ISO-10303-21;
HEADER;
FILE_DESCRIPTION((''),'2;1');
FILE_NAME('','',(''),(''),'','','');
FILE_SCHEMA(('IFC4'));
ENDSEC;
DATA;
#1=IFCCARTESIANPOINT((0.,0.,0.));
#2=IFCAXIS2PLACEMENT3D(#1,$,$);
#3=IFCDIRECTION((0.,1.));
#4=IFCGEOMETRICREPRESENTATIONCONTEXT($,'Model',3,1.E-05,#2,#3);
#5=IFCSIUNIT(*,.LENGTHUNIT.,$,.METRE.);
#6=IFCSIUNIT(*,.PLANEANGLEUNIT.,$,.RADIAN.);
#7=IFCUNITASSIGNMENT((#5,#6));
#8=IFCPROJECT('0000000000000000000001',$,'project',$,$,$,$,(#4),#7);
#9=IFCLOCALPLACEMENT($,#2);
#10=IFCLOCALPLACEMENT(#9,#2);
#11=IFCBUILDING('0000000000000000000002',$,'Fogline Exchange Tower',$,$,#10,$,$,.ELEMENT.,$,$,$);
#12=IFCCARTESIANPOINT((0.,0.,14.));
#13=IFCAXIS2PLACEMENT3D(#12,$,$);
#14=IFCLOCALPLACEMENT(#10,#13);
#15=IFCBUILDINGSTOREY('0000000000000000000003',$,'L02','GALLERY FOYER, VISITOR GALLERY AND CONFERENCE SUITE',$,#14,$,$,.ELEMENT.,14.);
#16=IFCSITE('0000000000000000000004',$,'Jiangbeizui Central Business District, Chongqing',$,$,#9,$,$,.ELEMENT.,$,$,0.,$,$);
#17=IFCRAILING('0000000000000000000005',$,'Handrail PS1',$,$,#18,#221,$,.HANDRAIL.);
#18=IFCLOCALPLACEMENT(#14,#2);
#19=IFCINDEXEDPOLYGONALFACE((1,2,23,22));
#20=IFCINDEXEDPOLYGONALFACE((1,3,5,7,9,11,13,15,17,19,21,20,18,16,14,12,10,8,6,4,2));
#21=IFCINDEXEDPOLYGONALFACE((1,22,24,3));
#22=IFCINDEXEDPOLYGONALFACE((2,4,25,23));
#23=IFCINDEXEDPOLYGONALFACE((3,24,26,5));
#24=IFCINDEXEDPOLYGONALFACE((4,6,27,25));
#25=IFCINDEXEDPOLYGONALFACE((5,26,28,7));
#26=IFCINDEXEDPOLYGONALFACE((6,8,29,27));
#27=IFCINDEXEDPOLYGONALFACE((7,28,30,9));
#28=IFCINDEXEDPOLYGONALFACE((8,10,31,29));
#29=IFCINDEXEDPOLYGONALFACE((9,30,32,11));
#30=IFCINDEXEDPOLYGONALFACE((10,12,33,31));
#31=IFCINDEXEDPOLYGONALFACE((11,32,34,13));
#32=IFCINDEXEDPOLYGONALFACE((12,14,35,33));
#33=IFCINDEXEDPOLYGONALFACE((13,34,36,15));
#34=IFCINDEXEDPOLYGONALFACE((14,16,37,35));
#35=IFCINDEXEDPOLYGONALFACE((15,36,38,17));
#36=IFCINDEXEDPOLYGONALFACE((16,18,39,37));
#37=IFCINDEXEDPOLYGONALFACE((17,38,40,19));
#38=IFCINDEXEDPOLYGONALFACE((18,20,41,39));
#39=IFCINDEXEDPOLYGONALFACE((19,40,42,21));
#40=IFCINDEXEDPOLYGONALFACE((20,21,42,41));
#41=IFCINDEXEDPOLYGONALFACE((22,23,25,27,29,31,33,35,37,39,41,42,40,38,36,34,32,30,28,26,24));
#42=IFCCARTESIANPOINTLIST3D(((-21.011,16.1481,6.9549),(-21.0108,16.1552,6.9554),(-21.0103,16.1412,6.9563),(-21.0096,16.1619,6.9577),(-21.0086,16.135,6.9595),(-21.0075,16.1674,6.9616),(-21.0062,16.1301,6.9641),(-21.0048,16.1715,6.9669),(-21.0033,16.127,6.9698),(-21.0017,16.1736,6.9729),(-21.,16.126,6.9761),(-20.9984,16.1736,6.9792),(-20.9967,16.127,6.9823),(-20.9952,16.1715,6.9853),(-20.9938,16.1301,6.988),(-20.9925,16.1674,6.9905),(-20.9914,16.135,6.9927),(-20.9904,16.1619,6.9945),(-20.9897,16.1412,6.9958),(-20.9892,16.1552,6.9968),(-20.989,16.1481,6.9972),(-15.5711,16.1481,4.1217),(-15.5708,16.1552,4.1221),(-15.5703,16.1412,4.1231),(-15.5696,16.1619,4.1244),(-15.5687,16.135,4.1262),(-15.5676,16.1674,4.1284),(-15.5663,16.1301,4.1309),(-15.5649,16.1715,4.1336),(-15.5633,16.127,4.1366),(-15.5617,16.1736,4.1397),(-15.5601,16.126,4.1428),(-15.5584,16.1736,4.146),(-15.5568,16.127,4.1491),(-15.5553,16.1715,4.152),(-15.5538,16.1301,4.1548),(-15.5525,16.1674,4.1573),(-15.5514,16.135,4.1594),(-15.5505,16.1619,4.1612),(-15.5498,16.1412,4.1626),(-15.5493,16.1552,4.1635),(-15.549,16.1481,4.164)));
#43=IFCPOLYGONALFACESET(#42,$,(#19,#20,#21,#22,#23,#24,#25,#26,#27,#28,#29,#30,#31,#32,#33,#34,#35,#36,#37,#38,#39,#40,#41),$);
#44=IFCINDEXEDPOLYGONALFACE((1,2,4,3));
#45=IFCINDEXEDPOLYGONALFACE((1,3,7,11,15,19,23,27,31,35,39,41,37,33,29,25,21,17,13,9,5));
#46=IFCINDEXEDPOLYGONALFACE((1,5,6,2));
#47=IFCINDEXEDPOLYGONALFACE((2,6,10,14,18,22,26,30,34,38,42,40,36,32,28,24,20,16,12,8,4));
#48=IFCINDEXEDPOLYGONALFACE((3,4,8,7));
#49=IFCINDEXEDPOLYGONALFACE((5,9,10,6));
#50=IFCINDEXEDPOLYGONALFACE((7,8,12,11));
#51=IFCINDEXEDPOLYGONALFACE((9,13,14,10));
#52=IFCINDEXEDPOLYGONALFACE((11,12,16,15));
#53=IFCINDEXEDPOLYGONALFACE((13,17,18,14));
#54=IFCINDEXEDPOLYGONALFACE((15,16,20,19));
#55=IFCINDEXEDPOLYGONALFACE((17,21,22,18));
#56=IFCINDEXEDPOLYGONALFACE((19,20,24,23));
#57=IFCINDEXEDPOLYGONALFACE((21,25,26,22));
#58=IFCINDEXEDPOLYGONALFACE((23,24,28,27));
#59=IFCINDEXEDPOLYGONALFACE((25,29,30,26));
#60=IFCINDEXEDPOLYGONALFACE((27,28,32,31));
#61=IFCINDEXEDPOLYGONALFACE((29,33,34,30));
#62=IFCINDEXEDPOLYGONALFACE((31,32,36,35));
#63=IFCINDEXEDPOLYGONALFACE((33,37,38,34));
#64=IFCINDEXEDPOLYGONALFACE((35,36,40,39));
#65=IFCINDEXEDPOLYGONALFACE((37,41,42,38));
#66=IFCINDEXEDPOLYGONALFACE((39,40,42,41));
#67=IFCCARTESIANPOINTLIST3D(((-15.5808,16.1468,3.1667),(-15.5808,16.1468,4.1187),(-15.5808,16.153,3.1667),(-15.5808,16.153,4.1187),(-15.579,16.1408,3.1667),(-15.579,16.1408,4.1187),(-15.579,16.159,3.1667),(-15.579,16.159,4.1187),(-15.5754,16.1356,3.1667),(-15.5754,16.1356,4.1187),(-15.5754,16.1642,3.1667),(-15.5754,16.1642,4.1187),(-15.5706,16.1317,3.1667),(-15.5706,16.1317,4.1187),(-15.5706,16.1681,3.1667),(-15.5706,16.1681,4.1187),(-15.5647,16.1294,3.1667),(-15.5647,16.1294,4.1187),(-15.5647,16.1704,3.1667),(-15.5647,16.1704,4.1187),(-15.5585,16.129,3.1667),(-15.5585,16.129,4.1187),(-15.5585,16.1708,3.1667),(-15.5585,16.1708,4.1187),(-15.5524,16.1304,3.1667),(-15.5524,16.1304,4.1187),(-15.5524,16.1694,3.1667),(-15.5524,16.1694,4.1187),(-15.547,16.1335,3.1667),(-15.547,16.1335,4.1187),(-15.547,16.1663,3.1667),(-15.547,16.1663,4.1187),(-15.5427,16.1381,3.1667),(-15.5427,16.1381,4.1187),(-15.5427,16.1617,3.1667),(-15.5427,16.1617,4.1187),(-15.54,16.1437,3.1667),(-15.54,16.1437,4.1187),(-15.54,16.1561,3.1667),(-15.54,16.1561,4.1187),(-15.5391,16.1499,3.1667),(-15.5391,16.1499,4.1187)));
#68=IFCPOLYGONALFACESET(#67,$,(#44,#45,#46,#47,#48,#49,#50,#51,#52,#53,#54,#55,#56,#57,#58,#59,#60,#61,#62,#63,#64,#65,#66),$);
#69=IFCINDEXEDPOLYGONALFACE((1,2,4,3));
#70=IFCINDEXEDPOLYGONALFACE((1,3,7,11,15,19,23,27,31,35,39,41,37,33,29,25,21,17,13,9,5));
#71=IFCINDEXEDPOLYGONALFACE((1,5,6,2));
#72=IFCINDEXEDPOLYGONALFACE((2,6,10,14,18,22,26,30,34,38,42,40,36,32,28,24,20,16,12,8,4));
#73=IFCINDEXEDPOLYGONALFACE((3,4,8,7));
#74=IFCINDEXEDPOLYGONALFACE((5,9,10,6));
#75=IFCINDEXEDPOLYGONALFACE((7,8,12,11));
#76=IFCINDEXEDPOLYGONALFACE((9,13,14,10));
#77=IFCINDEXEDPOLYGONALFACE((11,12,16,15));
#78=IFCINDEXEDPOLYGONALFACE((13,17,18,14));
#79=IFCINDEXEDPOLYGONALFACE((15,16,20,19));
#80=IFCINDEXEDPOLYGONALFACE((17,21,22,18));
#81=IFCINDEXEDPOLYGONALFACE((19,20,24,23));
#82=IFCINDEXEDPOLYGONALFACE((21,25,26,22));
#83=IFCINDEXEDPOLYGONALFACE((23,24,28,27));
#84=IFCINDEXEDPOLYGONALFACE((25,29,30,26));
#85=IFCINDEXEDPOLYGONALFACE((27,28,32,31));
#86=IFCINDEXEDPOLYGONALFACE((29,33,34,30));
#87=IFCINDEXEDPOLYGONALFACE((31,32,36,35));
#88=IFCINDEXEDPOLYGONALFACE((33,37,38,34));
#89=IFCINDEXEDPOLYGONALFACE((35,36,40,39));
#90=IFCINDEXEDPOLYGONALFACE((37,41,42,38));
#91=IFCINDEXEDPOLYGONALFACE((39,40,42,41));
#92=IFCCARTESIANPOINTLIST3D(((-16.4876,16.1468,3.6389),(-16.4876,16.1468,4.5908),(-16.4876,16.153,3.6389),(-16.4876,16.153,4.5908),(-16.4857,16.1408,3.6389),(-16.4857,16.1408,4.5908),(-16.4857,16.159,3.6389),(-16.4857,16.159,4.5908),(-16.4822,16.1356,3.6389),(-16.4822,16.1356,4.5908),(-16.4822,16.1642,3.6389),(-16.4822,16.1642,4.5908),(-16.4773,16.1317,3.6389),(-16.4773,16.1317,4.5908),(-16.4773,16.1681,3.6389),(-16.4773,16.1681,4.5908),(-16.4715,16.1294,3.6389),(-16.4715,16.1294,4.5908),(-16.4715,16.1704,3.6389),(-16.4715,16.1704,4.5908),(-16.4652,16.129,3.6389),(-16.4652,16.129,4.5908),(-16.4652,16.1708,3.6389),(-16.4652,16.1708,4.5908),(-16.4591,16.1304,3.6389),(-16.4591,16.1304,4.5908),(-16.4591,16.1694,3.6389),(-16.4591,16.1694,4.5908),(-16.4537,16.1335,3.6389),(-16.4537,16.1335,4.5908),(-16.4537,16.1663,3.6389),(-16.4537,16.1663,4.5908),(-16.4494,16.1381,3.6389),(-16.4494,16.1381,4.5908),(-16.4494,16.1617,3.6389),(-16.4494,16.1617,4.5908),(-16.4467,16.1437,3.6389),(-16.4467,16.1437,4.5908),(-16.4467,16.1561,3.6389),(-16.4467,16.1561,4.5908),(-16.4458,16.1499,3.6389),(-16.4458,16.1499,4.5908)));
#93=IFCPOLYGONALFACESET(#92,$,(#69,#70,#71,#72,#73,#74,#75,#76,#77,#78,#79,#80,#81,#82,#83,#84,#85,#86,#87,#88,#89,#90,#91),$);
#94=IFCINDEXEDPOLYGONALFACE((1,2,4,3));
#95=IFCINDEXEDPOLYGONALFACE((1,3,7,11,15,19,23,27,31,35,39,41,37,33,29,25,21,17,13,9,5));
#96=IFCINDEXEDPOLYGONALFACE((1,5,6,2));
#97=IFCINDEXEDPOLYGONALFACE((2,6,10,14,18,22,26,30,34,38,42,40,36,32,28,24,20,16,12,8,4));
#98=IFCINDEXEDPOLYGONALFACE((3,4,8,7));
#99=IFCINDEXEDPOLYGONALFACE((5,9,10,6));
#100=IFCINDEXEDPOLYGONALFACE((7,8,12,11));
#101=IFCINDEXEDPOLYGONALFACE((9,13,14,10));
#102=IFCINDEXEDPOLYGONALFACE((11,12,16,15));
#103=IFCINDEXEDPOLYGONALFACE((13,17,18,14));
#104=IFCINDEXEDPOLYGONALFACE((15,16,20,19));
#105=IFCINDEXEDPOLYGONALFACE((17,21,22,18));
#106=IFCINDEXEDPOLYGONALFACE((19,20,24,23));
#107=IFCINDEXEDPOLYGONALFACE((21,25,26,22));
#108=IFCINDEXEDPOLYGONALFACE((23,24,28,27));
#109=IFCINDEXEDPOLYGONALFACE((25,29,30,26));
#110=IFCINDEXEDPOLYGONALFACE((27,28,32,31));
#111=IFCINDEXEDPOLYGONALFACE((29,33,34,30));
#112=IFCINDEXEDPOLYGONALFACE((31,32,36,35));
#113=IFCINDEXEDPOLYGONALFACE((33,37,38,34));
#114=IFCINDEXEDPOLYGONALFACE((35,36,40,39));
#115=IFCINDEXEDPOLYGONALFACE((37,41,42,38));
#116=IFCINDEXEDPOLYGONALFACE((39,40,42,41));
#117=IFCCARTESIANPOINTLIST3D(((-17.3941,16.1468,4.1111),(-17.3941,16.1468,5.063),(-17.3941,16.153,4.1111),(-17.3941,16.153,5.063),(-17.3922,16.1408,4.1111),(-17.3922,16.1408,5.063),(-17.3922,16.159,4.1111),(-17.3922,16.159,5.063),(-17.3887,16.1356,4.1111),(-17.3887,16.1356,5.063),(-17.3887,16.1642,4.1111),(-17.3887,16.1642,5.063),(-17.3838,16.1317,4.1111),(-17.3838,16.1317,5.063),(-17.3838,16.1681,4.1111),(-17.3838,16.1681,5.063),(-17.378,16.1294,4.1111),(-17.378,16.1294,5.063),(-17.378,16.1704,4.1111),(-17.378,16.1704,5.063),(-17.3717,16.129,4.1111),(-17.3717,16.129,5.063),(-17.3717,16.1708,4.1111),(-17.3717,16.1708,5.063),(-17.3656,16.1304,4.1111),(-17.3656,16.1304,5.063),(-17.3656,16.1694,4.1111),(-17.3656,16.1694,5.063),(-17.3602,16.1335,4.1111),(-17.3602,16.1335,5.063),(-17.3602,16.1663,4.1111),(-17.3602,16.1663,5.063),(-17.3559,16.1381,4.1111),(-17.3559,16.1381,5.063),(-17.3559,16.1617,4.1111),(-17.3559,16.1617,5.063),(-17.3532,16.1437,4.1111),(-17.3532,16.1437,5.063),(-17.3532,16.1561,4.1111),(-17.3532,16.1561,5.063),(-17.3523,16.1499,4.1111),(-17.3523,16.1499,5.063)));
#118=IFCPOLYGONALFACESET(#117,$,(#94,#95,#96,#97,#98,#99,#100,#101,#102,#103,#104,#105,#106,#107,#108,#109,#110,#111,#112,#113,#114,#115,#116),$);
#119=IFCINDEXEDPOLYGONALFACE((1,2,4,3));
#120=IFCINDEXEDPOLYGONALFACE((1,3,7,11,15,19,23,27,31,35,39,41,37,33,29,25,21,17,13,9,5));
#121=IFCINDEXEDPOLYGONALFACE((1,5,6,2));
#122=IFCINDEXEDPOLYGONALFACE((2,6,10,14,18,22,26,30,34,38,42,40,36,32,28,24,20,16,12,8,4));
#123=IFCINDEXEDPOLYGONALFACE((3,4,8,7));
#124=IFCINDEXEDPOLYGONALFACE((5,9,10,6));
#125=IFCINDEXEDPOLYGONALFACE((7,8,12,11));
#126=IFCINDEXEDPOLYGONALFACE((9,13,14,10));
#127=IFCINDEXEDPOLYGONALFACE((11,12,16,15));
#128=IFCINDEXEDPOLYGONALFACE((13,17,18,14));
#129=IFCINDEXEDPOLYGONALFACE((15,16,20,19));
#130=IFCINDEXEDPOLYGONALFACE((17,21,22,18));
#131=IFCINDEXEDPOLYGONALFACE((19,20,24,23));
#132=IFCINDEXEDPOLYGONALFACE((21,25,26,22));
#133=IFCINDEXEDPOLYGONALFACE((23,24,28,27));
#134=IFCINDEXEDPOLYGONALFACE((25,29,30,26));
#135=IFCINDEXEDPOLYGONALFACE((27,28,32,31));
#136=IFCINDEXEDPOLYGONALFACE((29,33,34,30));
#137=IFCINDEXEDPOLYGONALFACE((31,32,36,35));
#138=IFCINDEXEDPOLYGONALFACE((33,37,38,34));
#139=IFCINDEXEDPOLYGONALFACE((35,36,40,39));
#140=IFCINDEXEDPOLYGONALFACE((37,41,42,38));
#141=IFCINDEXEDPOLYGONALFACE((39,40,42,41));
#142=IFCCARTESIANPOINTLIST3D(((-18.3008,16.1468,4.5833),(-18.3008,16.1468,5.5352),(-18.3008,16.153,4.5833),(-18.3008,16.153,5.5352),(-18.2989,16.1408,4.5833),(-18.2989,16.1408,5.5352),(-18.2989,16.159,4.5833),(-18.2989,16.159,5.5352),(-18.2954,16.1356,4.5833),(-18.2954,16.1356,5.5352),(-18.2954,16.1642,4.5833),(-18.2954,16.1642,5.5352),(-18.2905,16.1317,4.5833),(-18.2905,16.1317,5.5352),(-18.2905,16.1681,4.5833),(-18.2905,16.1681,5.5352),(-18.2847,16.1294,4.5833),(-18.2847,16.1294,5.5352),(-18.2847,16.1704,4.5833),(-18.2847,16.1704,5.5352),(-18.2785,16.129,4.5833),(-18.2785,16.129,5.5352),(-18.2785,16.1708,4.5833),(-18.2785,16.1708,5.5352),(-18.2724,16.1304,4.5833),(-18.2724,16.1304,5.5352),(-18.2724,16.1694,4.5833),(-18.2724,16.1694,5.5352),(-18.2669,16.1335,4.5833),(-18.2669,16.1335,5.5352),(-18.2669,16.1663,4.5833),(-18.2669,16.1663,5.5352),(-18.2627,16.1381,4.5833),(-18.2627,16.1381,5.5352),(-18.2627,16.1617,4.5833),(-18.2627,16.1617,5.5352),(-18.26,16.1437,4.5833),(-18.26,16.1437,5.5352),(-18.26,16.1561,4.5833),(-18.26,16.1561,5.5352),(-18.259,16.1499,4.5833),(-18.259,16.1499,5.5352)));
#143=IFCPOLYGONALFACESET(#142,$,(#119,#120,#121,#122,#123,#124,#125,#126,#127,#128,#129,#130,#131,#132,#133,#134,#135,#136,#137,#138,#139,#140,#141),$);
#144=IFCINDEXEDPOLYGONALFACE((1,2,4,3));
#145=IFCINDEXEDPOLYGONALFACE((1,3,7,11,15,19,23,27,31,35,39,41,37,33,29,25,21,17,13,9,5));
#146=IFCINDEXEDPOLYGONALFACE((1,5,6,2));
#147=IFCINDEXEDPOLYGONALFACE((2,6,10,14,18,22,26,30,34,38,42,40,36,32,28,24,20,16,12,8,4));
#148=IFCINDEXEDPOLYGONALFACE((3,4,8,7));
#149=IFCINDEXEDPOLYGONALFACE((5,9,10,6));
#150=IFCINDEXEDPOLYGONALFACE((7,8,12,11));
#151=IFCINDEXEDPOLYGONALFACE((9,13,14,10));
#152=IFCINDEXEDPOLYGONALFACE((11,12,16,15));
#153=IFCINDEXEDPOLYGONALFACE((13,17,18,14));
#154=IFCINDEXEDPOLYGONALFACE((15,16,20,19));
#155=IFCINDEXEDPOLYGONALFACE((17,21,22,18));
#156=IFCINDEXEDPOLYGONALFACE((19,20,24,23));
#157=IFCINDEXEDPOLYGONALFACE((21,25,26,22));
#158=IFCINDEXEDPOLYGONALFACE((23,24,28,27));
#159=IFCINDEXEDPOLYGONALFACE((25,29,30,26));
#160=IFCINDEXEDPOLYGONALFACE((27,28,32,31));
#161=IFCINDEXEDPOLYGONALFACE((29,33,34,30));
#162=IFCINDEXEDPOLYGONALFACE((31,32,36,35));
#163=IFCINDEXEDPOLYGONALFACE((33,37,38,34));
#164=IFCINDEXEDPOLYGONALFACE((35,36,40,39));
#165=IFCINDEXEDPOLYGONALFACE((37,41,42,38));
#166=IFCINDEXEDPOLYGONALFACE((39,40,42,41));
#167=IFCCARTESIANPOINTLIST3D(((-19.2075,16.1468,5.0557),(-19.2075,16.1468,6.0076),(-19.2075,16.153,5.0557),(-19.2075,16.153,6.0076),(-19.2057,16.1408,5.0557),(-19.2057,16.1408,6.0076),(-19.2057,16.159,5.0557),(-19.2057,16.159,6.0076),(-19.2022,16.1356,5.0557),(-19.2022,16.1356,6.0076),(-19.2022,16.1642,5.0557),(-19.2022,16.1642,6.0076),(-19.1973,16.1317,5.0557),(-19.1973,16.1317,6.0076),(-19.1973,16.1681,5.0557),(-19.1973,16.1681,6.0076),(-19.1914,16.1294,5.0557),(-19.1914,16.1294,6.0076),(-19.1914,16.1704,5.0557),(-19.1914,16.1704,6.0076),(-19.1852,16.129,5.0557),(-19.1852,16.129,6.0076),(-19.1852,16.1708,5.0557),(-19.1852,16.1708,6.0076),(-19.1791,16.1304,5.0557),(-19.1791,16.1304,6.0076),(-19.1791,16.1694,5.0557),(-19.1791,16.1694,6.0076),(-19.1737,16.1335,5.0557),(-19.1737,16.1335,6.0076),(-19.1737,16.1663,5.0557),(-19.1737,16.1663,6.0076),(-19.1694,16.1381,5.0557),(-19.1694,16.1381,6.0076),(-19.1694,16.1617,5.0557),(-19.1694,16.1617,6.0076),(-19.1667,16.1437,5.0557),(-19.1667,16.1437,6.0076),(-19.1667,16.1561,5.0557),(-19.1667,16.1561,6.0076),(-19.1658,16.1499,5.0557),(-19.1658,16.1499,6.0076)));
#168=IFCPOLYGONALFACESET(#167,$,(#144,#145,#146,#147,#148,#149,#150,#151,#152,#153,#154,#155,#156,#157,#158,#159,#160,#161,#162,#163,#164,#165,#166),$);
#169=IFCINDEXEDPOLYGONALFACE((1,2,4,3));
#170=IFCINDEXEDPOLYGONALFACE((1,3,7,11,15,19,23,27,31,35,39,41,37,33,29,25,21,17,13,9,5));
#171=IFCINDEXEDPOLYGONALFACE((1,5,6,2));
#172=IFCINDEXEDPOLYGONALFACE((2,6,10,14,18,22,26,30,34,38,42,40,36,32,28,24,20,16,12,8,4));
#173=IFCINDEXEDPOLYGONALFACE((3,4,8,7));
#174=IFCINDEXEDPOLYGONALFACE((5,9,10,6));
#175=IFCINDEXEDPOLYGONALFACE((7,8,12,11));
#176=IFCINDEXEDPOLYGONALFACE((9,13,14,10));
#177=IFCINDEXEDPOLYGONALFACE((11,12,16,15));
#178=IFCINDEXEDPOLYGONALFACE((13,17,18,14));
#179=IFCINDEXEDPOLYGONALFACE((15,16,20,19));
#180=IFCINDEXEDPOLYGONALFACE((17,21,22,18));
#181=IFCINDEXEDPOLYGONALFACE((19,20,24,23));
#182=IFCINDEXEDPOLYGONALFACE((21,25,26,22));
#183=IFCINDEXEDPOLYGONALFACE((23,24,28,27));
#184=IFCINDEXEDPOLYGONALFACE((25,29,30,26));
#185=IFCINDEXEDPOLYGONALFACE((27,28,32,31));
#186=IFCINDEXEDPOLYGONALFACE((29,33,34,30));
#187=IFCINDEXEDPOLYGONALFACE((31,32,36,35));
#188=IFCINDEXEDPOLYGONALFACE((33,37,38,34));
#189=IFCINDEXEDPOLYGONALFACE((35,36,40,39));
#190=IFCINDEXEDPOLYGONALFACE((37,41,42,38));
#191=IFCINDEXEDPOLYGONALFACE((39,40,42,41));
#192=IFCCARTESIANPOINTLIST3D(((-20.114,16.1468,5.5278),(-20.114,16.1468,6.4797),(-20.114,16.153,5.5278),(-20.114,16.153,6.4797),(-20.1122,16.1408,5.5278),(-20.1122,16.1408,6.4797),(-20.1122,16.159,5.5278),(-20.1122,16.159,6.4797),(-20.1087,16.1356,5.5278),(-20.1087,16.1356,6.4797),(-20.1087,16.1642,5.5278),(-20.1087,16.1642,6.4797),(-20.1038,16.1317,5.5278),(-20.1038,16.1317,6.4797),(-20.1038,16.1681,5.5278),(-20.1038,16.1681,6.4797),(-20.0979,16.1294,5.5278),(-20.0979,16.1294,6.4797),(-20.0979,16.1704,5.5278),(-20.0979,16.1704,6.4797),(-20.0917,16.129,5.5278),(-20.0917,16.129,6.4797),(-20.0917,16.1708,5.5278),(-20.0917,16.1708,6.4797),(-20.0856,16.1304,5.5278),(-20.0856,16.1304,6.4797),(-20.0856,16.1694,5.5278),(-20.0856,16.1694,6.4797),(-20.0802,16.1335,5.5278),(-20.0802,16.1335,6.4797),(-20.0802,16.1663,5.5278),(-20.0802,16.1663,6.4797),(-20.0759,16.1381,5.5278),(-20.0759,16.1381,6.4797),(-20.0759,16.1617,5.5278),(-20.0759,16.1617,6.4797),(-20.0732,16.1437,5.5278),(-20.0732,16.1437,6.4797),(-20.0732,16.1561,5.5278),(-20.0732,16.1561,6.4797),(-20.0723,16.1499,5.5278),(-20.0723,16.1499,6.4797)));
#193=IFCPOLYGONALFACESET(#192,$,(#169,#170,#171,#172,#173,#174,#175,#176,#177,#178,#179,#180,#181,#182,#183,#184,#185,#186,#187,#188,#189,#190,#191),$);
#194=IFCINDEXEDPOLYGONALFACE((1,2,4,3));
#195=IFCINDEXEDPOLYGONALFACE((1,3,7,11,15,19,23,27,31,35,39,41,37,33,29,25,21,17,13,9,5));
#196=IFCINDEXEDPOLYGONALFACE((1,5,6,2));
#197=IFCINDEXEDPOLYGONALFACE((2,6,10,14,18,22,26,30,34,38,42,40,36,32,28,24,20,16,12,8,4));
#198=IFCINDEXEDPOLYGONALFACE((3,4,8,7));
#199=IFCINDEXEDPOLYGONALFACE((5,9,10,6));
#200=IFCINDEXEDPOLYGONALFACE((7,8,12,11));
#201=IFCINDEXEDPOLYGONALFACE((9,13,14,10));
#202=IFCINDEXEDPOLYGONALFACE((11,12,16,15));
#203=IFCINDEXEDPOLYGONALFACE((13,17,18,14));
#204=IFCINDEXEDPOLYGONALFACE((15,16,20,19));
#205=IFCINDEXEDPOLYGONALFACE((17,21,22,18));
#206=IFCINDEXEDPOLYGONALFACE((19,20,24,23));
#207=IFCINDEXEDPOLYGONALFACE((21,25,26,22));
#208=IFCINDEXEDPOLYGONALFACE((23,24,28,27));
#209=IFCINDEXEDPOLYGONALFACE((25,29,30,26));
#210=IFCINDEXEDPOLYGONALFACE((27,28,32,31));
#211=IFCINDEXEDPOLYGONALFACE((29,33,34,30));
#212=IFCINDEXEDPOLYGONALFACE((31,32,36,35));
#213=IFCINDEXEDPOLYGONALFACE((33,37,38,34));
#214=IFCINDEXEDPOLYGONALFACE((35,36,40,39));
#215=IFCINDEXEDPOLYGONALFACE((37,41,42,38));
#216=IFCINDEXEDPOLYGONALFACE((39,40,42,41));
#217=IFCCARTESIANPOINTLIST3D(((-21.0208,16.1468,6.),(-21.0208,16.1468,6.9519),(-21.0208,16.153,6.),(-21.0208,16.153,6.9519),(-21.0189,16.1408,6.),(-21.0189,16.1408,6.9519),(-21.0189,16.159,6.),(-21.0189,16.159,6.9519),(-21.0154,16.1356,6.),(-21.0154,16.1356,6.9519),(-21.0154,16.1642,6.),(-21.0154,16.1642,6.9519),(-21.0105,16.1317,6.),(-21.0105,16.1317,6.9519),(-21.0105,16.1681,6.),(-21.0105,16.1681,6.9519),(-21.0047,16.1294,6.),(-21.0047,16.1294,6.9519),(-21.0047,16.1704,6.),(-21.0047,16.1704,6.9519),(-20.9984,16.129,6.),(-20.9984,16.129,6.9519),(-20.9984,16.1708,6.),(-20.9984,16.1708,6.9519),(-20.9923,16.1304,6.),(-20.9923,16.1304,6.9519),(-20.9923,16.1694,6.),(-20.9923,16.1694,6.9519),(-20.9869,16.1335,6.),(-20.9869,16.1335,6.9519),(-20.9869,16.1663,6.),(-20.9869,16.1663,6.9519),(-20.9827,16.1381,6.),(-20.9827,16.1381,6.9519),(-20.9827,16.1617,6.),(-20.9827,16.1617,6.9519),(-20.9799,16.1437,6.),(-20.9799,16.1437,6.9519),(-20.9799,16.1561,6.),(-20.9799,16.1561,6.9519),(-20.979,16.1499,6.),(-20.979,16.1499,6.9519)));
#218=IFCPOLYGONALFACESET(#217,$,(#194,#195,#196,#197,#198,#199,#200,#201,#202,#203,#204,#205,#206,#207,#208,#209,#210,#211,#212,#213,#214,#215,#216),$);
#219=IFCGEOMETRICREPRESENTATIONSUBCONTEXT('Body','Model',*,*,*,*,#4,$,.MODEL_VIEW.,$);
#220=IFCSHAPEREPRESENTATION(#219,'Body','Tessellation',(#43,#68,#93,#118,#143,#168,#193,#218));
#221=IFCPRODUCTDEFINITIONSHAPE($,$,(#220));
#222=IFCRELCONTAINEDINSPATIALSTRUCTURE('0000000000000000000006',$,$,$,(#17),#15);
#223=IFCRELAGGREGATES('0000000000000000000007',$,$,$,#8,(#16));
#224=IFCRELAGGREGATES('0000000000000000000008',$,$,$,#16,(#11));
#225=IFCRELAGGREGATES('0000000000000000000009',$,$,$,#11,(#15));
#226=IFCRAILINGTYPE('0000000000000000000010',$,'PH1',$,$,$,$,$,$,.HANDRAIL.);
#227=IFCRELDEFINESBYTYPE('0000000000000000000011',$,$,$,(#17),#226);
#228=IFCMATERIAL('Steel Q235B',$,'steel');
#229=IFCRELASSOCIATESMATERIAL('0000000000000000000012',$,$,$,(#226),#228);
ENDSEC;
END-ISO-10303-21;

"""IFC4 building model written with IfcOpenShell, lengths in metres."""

from ifc_helpers import new_model, si_unit, direction, frame, origin, origin_2d, place, context, subcontext, project, spatial, circle, extrude, material, type_object, element, save


model = new_model("IFC4")

# Units and contexts
model_context = context("Model", 3, precision=1e-05, world=origin(), true_north=direction((0.0, 1.0)))
body_context = subcontext(model_context, "Body", "Model", "MODEL_VIEW")
ifc_project = project(units=[si_unit("LENGTHUNIT", "METRE"), si_unit("PLANEANGLEUNIT", "RADIAN")], contexts=[model_context])

# Site, building, storey
site_placement = place(None, origin())
site = spatial("IfcSite", under=ifc_project, at=site_placement, Name="Jiangbeizui Central Business District, Chongqing", CompositionType="ELEMENT", RefElevation=0.0)
building_placement = place(site_placement, origin())
building = spatial("IfcBuilding", under=site, at=building_placement, Name="Fogline Exchange Tower", CompositionType="ELEMENT")
storey_placement = place(building_placement, frame((0.0, 0.0, 14.0)))
storey = spatial("IfcBuildingStorey", under=building, at=storey_placement, Name="L02", Description="GALLERY FOYER, VISITOR GALLERY AND CONFERENCE SUITE", CompositionType="ELEMENT", Elevation=14.0)

# Shared definitions
ifc_material_1 = material(Name="Steel Q235B", Category="steel")

# Railing
railing_type_1 = type_object("IfcRailingType", Name="PH1", PredefinedType="HANDRAIL", material=ifc_material_1)
railing_1_placement = place(storey_placement, frame((-15.5601, 16.1499, 3.1667)))
element("IfcRailing", 1, at=railing_1_placement, inside=storey, type_object=railing_type_1, Name="Handrail PS1", PredefinedType="HANDRAIL", context=body_context, shape_type="SweptSolid", body=[
    extrude(circle(Radius=0.0239, at=origin_2d()), frame((0.0, 0.0, 0.9761), z_axis=(-0.886917, 0.0, 0.461928), x_axis=(0.0, -1.0, 0.0)), (0.0, 0.0, 1.0), 6.1335),
    extrude(circle(Radius=0.021, at=origin_2d()), origin(), (0.0, 0.0, 1.0), 0.9519),
    extrude(circle(Radius=0.021, at=origin_2d()), frame((-0.9067, 0.0, 0.4722)), (0.0, 0.0, 1.0), 0.9519),
    extrude(circle(Radius=0.021, at=origin_2d()), frame((-1.8132, 0.0, 0.9443)), (0.0, 0.0, 1.0), 0.9519),
    extrude(circle(Radius=0.021, at=origin_2d()), frame((-2.72, 0.0, 1.4165)), (0.0, 0.0, 1.0), 0.9519),
    extrude(circle(Radius=0.021, at=origin_2d()), frame((-3.6267, 0.0, 1.8889)), (0.0, 0.0, 1.0), 0.9519),
    extrude(circle(Radius=0.021, at=origin_2d()), frame((-4.5332, 0.0, 2.3611)), (0.0, 0.0, 1.0), 0.9519),
    extrude(circle(Radius=0.021, at=origin_2d()), frame((-5.4399, 0.0, 2.8333)), (0.0, 0.0, 1.0), 0.9519),
])

save(model, "model.ifc")
